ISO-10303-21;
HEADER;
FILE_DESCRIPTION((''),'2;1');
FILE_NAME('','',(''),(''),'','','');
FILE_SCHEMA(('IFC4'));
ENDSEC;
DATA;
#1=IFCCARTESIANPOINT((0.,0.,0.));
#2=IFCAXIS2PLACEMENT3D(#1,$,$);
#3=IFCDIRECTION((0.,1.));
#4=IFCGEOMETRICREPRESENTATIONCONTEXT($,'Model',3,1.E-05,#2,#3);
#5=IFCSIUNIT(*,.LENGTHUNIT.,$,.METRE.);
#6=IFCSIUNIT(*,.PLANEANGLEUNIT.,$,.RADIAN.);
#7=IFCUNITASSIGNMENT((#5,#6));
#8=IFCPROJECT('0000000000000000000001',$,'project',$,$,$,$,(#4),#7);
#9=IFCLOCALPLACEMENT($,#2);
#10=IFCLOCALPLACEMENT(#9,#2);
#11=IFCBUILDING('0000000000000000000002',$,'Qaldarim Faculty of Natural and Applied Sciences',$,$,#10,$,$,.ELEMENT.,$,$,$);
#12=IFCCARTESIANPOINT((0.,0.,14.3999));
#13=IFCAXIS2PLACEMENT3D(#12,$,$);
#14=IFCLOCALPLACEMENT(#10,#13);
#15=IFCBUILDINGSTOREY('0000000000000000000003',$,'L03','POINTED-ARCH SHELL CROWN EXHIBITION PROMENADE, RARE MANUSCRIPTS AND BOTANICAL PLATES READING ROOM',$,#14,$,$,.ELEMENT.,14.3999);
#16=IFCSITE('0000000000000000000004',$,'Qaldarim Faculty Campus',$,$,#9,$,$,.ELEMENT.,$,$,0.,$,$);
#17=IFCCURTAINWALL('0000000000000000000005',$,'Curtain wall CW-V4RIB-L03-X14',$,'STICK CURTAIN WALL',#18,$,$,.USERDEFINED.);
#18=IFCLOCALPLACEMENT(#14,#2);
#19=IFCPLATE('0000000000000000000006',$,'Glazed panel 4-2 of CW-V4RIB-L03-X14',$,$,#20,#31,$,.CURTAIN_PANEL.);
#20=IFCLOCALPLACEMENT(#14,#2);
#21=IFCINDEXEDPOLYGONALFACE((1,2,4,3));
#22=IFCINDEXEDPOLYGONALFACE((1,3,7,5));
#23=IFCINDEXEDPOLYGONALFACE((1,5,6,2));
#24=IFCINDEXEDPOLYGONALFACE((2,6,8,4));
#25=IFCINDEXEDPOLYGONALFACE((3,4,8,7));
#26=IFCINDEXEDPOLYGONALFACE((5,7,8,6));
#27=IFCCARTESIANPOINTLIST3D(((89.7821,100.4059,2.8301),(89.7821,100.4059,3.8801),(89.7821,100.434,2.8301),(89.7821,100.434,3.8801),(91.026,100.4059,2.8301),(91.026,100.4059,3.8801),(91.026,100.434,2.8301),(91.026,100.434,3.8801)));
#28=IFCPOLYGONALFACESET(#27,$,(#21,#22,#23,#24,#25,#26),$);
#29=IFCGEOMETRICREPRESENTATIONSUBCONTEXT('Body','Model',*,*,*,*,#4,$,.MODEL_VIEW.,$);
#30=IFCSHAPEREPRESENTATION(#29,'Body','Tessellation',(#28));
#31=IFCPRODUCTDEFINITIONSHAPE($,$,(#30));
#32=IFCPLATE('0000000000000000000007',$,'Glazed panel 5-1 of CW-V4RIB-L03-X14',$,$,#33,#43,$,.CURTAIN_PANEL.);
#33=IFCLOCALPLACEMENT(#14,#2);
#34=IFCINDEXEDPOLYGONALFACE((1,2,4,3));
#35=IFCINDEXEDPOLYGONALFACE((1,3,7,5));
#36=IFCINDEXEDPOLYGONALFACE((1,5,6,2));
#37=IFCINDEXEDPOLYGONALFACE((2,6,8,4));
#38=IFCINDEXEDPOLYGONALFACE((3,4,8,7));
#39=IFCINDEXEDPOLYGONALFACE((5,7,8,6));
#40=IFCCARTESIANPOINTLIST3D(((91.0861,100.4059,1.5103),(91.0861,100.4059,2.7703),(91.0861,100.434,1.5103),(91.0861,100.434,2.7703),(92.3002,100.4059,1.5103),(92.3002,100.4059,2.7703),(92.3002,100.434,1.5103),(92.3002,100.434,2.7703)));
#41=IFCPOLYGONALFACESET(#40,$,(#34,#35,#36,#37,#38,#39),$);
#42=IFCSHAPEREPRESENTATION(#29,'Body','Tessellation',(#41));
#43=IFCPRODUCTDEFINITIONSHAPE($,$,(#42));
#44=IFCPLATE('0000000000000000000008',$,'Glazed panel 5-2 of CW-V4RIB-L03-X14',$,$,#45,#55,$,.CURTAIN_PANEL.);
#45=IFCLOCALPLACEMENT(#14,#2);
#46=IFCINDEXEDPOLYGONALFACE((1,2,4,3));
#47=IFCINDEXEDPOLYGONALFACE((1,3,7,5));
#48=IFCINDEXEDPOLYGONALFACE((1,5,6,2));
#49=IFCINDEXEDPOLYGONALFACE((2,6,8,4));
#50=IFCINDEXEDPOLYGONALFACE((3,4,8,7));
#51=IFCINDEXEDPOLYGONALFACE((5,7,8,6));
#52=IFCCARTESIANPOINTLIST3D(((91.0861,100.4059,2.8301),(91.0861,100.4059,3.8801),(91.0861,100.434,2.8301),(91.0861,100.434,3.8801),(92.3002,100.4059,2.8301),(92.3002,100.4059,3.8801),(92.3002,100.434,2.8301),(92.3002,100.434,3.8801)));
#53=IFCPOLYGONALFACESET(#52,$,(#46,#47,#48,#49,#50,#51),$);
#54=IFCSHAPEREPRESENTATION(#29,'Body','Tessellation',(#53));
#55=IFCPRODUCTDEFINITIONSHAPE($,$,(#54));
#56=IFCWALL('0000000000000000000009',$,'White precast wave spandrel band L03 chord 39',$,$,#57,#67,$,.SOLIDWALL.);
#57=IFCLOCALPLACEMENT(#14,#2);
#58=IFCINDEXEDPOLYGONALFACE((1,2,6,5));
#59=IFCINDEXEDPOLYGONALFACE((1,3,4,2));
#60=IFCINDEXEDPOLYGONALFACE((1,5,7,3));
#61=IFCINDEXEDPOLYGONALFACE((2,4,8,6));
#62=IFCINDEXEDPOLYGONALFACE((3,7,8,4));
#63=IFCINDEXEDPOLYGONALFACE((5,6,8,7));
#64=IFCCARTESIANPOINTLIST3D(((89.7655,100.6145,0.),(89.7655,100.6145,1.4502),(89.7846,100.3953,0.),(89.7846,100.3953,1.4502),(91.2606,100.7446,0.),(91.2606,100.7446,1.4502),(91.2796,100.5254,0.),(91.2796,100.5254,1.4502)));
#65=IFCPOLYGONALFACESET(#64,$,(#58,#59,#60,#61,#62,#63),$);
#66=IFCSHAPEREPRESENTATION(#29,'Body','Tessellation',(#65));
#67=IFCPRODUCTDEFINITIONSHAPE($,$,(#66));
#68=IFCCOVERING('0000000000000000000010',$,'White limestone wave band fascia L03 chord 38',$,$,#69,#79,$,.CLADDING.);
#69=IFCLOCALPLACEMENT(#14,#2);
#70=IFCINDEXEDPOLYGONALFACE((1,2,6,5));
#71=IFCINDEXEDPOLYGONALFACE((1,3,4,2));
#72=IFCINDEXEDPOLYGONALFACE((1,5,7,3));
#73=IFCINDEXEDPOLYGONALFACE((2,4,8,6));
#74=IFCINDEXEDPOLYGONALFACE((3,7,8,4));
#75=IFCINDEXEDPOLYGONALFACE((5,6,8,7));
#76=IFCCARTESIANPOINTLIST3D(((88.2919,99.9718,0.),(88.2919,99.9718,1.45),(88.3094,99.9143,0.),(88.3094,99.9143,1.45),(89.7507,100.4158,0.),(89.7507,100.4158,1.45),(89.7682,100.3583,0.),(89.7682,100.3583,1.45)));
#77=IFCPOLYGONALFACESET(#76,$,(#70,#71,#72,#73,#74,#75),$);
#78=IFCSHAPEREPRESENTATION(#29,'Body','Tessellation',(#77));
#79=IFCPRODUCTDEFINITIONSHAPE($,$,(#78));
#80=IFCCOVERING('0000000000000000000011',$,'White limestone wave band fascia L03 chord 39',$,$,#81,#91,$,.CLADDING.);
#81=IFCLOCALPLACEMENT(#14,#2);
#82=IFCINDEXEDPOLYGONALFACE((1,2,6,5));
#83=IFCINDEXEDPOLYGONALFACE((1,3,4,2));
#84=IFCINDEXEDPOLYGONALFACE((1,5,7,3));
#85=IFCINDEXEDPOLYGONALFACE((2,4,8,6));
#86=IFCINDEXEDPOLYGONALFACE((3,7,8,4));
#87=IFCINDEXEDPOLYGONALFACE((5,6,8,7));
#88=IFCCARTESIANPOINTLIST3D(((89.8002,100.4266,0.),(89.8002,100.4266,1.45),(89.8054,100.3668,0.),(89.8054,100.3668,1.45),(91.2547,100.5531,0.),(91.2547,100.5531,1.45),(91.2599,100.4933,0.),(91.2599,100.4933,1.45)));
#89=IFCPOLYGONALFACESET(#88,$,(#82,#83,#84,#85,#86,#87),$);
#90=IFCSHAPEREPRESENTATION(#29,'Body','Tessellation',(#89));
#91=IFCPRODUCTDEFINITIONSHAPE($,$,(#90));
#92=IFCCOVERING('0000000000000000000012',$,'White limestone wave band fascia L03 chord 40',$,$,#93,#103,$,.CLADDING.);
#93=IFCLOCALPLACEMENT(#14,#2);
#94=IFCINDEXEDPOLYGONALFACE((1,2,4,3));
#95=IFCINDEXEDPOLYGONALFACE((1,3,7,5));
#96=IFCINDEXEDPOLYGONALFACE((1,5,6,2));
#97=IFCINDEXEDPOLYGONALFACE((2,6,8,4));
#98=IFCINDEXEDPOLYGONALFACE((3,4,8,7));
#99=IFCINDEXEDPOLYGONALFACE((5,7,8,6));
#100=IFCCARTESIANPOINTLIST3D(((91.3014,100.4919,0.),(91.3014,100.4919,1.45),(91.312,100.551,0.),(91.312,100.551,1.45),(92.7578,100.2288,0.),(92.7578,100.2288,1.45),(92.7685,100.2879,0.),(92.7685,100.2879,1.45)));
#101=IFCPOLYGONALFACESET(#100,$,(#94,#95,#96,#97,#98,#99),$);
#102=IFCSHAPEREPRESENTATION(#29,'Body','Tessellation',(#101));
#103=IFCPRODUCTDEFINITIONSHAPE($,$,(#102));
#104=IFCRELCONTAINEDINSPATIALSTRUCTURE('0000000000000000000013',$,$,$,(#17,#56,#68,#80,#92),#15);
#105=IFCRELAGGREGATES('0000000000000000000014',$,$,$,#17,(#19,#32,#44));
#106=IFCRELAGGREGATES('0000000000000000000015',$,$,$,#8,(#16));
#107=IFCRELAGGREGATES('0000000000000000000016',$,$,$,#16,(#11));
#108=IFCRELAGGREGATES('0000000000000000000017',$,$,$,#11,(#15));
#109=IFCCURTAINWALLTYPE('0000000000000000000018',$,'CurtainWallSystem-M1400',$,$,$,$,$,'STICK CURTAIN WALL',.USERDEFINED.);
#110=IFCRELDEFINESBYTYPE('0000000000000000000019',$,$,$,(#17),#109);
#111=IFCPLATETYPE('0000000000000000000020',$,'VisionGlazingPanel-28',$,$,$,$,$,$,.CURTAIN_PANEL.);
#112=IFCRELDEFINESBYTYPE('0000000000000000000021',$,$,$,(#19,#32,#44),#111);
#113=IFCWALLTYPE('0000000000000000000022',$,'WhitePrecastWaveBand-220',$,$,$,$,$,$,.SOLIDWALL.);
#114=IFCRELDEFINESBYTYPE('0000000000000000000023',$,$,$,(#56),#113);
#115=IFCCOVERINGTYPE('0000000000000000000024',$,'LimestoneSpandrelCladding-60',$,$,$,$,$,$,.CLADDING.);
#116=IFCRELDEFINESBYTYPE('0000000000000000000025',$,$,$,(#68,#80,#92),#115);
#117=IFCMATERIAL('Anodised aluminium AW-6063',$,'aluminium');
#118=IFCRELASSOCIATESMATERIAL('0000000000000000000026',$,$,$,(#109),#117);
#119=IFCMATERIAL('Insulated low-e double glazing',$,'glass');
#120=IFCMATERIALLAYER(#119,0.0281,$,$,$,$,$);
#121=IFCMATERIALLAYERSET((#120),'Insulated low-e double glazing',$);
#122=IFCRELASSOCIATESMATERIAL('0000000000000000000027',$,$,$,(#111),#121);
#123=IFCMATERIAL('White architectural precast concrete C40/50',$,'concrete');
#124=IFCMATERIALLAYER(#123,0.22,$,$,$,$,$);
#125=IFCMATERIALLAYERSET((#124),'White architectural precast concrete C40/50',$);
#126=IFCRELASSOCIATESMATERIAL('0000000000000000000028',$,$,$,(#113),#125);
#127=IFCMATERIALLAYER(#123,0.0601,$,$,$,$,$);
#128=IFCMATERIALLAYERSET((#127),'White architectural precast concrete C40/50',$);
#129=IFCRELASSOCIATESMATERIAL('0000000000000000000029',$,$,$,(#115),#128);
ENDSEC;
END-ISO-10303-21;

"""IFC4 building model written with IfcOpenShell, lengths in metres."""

from ifc_helpers import new_model, si_unit, direction, frame, frame_2d, origin, origin_2d, place, context, subcontext, project, spatial, rectangle, extrude, material, layer, layer_set, type_object, element, aggregate, save


model = new_model("IFC4")

# Units and contexts
model_context = context("Model", 3, precision=1e-05, world=origin(), true_north=direction((0.0, 1.0)))
body_context = subcontext(model_context, "Body", "Model", "MODEL_VIEW")
ifc_project = project(units=[si_unit("LENGTHUNIT", "METRE"), si_unit("PLANEANGLEUNIT", "RADIAN")], contexts=[model_context])

# Site, building, storey
site_placement = place(None, origin())
site = spatial("IfcSite", under=ifc_project, at=site_placement, Name="Qaldarim Faculty Campus", CompositionType="ELEMENT", RefElevation=0.0)
building_placement = place(site_placement, origin())
building = spatial("IfcBuilding", under=site, at=building_placement, Name="Qaldarim Faculty of Natural and Applied Sciences", CompositionType="ELEMENT")
storey_placement = place(building_placement, frame((0.0, 0.0, 14.3999)))
storey = spatial("IfcBuildingStorey", under=building, at=storey_placement, Name="L03", Description="POINTED-ARCH SHELL CROWN EXHIBITION PROMENADE, RARE MANUSCRIPTS AND BOTANICAL PLATES READING ROOM", CompositionType="ELEMENT", Elevation=14.3999)

# Curtain wall, plates
ifc_material_1 = material(Name="Anodised aluminium AW-6063", Category="aluminium")
curtain_wall_type = type_object("IfcCurtainWallType", Name="CurtainWallSystem-M1400", ElementType="STICK CURTAIN WALL", PredefinedType="USERDEFINED", material=ifc_material_1)
curtain_wall_placement = place(storey_placement, origin())
curtain_wall = element("IfcCurtainWall", 1, at=curtain_wall_placement, inside=storey, type_object=curtain_wall_type, Name="Curtain wall CW-V4RIB-L03-X14", ObjectType="STICK CURTAIN WALL", PredefinedType="USERDEFINED")
ifc_material_2 = material(Name="Insulated low-e double glazing", Category="glass")
ifc_layer_1 = layer(ifc_material_2, 0.0281)
ifc_layer_set_1 = layer_set([ifc_layer_1], Name="Insulated low-e double glazing")
plate_type = type_object("IfcPlateType", Name="VisionGlazingPanel-28", PredefinedType="CURTAIN_PANEL", material=ifc_layer_set_1)
plate_1_placement = place(storey_placement, frame((90.4041, 100.4199, 2.8301), z_axis=(0.0, 0.0, 1.0), x_axis=(1.0, 0.0, 0.0)))
plate_1 = element("IfcPlate", 2, at=plate_1_placement, type_object=plate_type, Name="Glazed panel 4-2 of CW-V4RIB-L03-X14", PredefinedType="CURTAIN_PANEL", context=body_context, shape_type="SweptSolid", body=[
    extrude(rectangle(XDim=1.2439, YDim=0.0281, at=origin_2d()), origin(), (0.0, 0.0, 1.0), 1.05),
])
plate_2_placement = place(storey_placement, frame((91.6931, 100.4199, 1.5103), z_axis=(0.0, 0.0, 1.0), x_axis=(1.0, 0.0, 0.0)))
plate_2 = element("IfcPlate", 3, at=plate_2_placement, type_object=plate_type, Name="Glazed panel 5-1 of CW-V4RIB-L03-X14", PredefinedType="CURTAIN_PANEL", context=body_context, shape_type="SweptSolid", body=[
    extrude(rectangle(XDim=1.2141, YDim=0.0281, at=origin_2d()), origin(), (0.0, 0.0, 1.0), 1.26),
])
plate_3_placement = place(storey_placement, frame((91.6931, 100.4199, 2.8301), z_axis=(0.0, 0.0, 1.0), x_axis=(1.0, 0.0, 0.0)))
plate_3 = element("IfcPlate", 4, at=plate_3_placement, type_object=plate_type, Name="Glazed panel 5-2 of CW-V4RIB-L03-X14", PredefinedType="CURTAIN_PANEL", context=body_context, shape_type="SweptSolid", body=[
    extrude(rectangle(XDim=1.2141, YDim=0.0281, at=origin_2d()), origin(), (0.0, 0.0, 1.0), 1.05),
])
aggregate(curtain_wall, [plate_1, plate_2, plate_3])

# Wall
ifc_material_3 = material(Name="White architectural precast concrete C40/50", Category="concrete")
ifc_layer_2 = layer(ifc_material_3, 0.22)
ifc_layer_set_2 = layer_set([ifc_layer_2], Name="White architectural precast concrete C40/50")
wall_type = type_object("IfcWallType", Name="WhitePrecastWaveBand-220", PredefinedType="SOLIDWALL", material=ifc_layer_set_2)
wall_placement = place(storey_placement, frame((89.7749, 100.5049, 0.0), z_axis=(0.0, 0.0, 1.0), x_axis=(0.996234, 0.086707, 0.0)))
element("IfcWall", 5, at=wall_placement, inside=storey, type_object=wall_type, Name="White precast wave spandrel band L03 chord 39", PredefinedType="SOLIDWALL", context=body_context, shape_type="SweptSolid", body=[
    extrude(rectangle(XDim=1.5007, YDim=0.22, at=frame_2d((0.7505, 0.0))), origin(), (0.0, 0.0, 1.0), 1.4502),
])

# Coverings
ifc_layer_3 = layer(ifc_material_3, 0.0601)
ifc_layer_set_3 = layer_set([ifc_layer_3], Name="White architectural precast concrete C40/50")
covering_type = type_object("IfcCoveringType", Name="LimestoneSpandrelCladding-60", PredefinedType="CLADDING", material=ifc_layer_set_3)
covering_1_placement = place(storey_placement, frame((89.03, 100.165, 0.0), z_axis=(0.0, 0.0, 1.0), x_axis=(0.956671, 0.29117, 0.0)))
element("IfcCovering", 6, at=covering_1_placement, inside=storey, type_object=covering_type, Name="White limestone wave band fascia L03 chord 38", PredefinedType="CLADDING", context=body_context, shape_type="SweptSolid", body=[
    extrude(rectangle(XDim=1.5249, YDim=0.0601, at=origin_2d()), origin(), (0.0, 0.0, 1.0), 1.45),
])
covering_2_placement = place(storey_placement, frame((90.53, 100.46, 0.0), z_axis=(0.0, 0.0, 1.0), x_axis=(0.99624, 0.086634, 0.0)))
element("IfcCovering", 7, at=covering_2_placement, inside=storey, type_object=covering_type, Name="White limestone wave band fascia L03 chord 39", PredefinedType="CLADDING", context=body_context, shape_type="SweptSolid", body=[
    extrude(rectangle(XDim=1.46, YDim=0.0601, at=origin_2d()), origin(), (0.0, 0.0, 1.0), 1.45),
])
covering_3_placement = place(storey_placement, frame((92.0349, 100.3899, 0.0), z_axis=(0.0, 0.0, 1.0), x_axis=(0.984081, -0.17772, 0.0)))
element("IfcCovering", 8, at=covering_3_placement, inside=storey, type_object=covering_type, Name="White limestone wave band fascia L03 chord 40", PredefinedType="CLADDING", context=body_context, shape_type="SweptSolid", body=[
    extrude(rectangle(XDim=1.48, YDim=0.0601, at=origin_2d()), origin(), (0.0, 0.0, 1.0), 1.45),
])

save(model, "model.ifc")
